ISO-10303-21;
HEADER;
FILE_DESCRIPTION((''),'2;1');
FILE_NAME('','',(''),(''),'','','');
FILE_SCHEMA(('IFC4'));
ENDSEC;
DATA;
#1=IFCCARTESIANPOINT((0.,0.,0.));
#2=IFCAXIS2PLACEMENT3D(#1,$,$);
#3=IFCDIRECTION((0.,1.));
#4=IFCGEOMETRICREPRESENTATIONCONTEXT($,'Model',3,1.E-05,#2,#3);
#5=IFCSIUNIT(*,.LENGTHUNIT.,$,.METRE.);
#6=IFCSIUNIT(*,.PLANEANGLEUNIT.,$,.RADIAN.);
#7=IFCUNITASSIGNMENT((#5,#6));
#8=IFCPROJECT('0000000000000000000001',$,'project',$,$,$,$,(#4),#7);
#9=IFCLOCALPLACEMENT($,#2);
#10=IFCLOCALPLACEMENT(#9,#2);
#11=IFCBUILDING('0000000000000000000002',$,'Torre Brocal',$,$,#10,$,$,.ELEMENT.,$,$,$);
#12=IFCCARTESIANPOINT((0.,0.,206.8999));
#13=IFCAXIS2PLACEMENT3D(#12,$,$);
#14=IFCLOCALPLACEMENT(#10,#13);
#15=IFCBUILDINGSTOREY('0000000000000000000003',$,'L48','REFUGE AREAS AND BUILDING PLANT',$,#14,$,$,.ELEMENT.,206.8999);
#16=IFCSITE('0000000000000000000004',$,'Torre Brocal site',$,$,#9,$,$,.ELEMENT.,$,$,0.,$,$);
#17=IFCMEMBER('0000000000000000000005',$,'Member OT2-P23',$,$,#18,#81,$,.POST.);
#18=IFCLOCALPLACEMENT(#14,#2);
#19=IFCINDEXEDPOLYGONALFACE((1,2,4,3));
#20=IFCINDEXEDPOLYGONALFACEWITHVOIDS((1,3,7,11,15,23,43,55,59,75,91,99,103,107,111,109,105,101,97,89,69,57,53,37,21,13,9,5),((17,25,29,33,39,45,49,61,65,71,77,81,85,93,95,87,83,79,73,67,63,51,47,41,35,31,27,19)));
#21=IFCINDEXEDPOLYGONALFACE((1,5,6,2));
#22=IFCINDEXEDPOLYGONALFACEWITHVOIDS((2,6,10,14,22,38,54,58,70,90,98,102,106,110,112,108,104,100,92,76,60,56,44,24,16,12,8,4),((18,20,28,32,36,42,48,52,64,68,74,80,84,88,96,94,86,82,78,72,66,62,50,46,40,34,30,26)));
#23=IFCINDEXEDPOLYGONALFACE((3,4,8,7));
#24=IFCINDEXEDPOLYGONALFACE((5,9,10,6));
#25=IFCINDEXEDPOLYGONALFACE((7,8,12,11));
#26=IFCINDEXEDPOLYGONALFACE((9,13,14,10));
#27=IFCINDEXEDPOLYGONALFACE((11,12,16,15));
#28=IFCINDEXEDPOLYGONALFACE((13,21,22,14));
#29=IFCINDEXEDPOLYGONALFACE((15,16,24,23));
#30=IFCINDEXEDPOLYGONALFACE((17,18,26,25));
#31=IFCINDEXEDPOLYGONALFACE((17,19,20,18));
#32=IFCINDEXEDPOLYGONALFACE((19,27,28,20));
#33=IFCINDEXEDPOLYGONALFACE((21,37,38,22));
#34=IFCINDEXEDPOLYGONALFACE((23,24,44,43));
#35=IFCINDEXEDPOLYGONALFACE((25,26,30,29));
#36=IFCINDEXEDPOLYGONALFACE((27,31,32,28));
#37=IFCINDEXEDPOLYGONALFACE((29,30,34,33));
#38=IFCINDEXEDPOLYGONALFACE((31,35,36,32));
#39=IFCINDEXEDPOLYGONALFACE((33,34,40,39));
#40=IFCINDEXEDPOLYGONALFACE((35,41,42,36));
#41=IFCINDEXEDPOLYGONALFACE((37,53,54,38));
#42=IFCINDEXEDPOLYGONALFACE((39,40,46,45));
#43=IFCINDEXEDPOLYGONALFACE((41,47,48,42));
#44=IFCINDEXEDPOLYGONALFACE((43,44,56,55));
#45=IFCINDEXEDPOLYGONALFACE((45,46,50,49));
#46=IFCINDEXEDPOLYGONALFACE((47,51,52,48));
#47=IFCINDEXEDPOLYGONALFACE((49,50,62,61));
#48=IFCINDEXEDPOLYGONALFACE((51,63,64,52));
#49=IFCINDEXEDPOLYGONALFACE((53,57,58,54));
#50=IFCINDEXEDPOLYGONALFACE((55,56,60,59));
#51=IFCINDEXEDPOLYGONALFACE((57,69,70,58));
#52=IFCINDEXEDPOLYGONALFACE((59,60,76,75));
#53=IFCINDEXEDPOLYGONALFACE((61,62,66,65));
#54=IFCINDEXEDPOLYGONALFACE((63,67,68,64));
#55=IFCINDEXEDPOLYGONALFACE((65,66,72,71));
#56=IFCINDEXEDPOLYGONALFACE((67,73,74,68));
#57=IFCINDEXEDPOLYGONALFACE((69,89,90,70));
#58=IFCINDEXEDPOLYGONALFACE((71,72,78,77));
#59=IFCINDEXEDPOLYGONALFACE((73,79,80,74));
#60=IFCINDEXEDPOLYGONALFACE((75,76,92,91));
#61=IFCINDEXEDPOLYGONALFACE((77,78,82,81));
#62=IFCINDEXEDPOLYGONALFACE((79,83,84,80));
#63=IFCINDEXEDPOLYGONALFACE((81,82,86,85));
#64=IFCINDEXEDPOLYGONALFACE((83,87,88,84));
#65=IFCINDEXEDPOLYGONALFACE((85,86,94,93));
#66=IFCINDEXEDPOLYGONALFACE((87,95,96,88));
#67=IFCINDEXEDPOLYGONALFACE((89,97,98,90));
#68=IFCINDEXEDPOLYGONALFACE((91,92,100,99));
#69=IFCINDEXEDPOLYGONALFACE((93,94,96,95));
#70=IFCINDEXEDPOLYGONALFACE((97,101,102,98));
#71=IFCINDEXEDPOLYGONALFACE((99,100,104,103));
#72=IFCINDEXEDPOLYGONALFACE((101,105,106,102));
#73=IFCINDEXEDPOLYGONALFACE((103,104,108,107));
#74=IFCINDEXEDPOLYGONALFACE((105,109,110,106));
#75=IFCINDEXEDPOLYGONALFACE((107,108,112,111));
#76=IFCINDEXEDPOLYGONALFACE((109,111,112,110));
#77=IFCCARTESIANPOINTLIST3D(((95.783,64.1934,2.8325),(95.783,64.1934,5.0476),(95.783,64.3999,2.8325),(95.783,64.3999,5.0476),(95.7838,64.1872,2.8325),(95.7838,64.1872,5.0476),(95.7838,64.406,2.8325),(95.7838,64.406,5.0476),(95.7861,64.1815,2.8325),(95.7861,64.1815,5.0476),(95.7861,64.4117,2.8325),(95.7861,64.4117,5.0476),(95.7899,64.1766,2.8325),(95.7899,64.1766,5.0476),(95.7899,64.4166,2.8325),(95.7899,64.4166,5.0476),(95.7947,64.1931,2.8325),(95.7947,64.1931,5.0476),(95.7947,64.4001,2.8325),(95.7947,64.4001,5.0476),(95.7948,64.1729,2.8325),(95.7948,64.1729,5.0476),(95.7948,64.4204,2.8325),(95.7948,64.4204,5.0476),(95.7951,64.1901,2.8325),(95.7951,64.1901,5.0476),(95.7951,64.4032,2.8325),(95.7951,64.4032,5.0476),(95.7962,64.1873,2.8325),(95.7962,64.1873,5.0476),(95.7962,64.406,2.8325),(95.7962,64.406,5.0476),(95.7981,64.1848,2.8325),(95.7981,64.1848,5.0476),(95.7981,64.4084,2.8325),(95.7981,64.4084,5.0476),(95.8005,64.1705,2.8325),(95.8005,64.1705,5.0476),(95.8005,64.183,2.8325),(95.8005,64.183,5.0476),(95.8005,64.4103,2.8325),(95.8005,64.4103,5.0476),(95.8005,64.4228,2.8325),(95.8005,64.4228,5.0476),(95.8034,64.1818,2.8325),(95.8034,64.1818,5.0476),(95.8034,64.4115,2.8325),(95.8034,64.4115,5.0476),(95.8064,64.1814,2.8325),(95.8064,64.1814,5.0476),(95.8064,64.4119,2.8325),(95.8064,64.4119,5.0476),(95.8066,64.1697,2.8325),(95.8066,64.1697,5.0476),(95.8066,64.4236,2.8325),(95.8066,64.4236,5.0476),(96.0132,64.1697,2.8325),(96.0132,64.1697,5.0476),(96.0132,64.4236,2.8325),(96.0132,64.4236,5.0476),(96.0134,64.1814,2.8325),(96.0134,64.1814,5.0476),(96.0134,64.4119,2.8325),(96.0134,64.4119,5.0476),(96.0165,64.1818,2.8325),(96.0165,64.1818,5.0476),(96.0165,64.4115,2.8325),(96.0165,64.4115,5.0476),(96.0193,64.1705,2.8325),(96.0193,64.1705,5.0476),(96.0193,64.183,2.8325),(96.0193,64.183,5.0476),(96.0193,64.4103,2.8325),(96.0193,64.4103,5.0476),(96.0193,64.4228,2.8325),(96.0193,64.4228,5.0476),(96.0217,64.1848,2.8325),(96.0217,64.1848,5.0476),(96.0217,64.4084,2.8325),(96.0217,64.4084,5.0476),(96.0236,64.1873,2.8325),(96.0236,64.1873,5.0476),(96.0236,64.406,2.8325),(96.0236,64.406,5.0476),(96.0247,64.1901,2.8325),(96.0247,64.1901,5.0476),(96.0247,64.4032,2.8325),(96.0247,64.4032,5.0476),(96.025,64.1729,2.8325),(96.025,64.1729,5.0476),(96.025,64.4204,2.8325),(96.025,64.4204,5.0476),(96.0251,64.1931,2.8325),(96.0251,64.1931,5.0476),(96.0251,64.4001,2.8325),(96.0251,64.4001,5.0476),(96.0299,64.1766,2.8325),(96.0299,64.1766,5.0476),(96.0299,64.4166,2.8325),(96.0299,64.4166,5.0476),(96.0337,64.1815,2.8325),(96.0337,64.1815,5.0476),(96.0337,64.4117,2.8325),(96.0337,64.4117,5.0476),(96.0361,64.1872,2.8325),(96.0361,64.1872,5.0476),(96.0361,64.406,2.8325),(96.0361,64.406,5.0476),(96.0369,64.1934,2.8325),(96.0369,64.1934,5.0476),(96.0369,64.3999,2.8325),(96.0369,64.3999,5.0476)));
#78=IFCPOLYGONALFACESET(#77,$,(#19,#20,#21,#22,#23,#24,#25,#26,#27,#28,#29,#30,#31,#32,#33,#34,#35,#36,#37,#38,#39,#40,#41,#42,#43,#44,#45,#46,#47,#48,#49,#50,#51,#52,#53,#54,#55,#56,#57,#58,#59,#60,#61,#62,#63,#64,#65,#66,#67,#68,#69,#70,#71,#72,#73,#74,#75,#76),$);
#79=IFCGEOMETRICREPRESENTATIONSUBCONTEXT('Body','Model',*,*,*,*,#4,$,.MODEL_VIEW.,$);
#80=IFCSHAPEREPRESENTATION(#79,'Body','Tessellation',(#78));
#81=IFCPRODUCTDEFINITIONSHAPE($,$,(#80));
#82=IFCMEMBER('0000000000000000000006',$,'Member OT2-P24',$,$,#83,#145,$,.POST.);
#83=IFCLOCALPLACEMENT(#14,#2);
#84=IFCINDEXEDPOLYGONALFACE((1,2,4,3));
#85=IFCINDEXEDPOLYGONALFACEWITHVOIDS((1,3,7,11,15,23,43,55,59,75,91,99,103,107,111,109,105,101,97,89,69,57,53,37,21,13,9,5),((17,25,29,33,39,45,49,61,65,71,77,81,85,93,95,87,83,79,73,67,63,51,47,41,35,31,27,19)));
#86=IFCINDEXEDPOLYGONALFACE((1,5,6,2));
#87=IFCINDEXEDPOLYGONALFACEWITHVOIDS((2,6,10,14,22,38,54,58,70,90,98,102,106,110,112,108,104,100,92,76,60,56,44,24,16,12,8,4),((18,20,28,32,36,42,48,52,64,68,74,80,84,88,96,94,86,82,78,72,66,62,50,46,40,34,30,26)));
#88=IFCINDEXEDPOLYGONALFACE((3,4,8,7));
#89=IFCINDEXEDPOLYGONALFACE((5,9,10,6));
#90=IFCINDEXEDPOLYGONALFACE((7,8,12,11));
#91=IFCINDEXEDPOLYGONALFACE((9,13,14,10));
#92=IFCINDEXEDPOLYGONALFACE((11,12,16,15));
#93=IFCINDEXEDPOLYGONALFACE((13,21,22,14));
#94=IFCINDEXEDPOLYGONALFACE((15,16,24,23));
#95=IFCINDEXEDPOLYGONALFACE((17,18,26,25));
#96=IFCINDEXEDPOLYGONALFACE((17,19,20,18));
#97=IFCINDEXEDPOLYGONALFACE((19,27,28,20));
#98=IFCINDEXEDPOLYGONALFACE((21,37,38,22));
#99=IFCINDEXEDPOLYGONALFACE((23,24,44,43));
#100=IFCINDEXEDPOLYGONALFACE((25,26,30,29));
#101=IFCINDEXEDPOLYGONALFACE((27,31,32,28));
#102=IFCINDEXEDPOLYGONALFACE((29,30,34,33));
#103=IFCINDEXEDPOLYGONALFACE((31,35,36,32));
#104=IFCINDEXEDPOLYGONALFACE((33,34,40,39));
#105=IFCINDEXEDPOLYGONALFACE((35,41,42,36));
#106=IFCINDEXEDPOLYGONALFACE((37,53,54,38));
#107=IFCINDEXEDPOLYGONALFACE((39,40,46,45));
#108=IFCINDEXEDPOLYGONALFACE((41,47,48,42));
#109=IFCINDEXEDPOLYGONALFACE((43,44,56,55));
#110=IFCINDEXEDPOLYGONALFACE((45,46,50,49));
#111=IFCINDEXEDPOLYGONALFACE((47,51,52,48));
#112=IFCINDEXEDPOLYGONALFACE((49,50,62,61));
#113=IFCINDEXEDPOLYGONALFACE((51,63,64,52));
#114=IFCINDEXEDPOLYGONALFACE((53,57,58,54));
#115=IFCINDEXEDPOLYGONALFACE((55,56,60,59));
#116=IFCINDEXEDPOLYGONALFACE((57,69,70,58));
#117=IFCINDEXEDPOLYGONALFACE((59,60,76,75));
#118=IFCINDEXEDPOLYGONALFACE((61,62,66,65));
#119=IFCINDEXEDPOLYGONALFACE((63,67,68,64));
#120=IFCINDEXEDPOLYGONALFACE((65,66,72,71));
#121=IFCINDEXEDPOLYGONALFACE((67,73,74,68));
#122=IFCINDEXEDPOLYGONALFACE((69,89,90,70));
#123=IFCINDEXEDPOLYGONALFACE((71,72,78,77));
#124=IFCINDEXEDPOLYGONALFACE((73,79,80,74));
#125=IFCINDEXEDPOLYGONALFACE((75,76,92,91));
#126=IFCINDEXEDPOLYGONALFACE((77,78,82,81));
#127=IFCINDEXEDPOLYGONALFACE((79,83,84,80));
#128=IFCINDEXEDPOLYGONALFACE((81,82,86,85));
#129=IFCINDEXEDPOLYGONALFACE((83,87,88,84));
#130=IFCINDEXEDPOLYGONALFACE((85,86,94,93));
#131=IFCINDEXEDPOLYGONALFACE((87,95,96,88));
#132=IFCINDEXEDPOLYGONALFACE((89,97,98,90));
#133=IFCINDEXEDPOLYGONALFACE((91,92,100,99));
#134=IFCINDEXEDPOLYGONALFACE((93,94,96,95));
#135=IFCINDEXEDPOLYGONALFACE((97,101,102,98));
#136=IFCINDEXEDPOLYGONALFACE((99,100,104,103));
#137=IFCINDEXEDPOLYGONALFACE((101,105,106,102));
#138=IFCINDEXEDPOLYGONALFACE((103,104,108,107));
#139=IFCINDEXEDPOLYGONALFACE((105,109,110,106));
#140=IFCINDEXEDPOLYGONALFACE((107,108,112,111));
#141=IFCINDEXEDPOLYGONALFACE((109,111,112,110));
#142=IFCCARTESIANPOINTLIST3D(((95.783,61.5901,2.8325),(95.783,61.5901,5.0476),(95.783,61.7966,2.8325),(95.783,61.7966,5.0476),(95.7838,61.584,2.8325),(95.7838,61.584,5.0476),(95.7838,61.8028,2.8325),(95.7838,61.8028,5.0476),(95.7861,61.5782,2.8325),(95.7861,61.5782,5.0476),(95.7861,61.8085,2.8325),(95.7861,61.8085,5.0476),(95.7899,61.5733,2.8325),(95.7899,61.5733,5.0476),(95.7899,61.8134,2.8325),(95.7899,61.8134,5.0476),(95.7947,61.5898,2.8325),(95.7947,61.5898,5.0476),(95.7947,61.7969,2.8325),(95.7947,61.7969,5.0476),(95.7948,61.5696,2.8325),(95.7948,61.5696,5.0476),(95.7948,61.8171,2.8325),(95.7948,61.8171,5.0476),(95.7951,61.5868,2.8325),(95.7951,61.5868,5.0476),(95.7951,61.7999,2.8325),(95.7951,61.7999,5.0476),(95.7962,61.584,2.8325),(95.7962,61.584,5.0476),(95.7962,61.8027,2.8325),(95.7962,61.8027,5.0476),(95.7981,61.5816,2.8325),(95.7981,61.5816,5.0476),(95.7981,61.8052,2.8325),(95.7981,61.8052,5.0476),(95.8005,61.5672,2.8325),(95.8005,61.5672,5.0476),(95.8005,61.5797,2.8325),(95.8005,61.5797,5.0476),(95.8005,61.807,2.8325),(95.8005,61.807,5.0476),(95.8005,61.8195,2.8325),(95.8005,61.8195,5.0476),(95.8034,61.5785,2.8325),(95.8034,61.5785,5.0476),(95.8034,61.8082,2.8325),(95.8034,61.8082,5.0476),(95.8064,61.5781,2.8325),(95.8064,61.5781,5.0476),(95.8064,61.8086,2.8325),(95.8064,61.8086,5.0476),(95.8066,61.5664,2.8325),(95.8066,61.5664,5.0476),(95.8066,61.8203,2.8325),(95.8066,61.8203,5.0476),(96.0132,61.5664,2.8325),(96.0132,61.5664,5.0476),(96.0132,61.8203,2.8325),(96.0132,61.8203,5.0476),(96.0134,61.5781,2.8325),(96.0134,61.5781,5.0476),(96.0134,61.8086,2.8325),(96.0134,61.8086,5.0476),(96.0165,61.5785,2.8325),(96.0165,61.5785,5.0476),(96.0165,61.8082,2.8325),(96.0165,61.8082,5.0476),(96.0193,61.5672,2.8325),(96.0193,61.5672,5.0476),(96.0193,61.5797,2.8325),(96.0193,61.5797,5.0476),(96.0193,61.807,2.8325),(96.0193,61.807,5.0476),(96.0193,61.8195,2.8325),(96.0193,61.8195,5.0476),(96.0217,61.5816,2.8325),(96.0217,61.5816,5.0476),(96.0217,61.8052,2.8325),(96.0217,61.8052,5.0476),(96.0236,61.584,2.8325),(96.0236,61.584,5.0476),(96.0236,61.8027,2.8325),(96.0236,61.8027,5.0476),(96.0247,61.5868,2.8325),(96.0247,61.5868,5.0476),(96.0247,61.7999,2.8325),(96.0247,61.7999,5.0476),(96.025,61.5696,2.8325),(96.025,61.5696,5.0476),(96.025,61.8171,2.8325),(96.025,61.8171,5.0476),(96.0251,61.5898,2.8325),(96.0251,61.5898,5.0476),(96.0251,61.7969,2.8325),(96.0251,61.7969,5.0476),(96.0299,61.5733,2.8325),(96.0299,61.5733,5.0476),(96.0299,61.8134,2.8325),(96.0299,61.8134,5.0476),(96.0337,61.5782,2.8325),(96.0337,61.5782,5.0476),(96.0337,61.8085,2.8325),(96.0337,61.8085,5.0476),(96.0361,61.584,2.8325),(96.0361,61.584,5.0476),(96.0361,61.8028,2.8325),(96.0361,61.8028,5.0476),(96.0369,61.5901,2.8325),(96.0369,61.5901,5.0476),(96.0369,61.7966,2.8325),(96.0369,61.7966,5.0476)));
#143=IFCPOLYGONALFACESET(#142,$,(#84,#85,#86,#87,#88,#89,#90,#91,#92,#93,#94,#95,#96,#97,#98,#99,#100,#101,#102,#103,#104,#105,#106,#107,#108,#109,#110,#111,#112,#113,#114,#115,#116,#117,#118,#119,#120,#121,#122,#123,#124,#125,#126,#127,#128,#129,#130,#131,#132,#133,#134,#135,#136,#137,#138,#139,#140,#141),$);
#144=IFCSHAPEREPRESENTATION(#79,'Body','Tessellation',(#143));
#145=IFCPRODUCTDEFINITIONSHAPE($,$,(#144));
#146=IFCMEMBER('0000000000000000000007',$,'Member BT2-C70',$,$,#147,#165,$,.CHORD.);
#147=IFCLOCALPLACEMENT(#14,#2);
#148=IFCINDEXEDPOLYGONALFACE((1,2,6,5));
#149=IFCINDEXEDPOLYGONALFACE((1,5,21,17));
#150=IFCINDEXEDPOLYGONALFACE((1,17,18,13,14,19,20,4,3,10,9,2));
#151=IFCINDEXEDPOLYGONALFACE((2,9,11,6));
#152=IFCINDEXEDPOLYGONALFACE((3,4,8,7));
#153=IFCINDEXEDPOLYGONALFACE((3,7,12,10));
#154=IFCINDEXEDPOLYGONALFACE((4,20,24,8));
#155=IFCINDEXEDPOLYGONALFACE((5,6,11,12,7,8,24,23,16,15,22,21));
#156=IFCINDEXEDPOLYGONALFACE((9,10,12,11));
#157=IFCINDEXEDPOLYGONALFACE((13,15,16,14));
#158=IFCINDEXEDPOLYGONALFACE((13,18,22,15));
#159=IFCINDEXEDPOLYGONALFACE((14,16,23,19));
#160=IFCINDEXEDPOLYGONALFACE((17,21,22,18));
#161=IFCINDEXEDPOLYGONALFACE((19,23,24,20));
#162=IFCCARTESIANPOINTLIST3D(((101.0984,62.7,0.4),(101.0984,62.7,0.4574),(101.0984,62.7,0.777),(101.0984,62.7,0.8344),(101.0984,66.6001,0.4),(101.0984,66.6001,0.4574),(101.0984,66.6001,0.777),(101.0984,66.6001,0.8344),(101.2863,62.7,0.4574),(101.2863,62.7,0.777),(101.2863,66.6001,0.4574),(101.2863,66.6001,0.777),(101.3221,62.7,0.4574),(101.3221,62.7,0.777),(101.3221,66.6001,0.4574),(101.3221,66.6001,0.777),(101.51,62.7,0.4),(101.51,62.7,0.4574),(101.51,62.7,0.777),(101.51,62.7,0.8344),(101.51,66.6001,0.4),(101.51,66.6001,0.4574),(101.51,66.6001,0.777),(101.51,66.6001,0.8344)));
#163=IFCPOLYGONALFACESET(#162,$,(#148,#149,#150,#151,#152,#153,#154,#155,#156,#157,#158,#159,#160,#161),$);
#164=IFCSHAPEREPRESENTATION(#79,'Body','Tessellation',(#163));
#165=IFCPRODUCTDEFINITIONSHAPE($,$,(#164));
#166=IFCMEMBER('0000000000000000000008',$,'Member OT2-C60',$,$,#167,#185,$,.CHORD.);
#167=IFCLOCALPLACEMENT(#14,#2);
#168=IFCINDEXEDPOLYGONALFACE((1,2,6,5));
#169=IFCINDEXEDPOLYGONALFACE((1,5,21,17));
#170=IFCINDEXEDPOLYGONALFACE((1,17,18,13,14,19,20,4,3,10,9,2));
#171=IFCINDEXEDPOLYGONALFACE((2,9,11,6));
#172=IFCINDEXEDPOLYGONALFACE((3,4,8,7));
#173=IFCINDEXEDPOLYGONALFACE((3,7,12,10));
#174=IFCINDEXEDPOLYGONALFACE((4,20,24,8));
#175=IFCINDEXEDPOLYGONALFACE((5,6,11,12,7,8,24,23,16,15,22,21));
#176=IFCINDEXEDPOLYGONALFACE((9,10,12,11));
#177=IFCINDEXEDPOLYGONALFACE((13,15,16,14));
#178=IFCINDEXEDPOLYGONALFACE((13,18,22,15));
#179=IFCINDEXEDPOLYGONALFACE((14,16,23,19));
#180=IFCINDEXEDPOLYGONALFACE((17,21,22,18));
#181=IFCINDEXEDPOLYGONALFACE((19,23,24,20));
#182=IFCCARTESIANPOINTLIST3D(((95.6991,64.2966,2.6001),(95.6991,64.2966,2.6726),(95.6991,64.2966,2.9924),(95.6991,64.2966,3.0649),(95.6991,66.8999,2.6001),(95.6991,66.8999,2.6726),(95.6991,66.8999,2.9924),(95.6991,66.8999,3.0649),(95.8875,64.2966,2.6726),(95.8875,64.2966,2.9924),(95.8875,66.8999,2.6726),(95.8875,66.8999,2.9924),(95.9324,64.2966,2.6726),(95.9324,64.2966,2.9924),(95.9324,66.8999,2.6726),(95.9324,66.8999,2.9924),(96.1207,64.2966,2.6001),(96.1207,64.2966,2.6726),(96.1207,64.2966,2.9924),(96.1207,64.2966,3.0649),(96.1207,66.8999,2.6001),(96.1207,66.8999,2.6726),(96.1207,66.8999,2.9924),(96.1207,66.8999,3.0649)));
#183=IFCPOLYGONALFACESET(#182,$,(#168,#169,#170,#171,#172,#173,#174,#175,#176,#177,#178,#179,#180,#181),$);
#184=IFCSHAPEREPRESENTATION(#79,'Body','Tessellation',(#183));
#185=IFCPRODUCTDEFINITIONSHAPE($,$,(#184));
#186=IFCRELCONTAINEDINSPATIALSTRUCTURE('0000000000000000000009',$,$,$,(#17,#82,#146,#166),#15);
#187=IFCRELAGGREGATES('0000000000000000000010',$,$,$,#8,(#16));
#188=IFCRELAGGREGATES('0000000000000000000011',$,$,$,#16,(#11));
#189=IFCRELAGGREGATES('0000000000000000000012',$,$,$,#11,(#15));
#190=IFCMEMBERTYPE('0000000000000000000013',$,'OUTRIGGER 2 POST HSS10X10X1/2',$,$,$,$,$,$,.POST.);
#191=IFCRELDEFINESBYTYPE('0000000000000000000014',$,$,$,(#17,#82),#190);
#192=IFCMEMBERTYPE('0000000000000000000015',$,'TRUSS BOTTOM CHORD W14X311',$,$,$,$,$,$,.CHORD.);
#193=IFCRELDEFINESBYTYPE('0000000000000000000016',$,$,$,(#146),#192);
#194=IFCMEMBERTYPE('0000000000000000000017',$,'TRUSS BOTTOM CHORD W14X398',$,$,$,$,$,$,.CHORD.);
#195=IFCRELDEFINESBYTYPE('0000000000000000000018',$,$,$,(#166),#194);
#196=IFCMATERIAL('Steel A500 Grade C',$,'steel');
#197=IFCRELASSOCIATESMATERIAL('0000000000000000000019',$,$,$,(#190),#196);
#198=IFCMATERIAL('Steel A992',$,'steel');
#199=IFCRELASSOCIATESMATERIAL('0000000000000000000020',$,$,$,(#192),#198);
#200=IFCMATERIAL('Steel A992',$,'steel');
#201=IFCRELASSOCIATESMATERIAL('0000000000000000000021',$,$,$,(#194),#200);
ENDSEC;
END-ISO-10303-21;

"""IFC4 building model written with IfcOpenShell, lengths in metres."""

from ifc_helpers import new_model, si_unit, direction, frame, origin, origin_2d, place, context, subcontext, project, spatial, hollow_rectangle, i_section, extrude, material, material_profile, profile_set, type_object, element, save


model = new_model("IFC4")

# Units and contexts
model_context = context("Model", 3, precision=1e-05, world=origin(), true_north=direction((0.0, 1.0)))
body_context = subcontext(model_context, "Body", "Model", "MODEL_VIEW")
ifc_project = project(units=[si_unit("LENGTHUNIT", "METRE"), si_unit("PLANEANGLEUNIT", "RADIAN")], contexts=[model_context])

# Site, building, storey
site_placement = place(None, origin())
site = spatial("IfcSite", under=ifc_project, at=site_placement, Name="Torre Brocal site", CompositionType="ELEMENT", RefElevation=0.0)
building_placement = place(site_placement, origin())
building = spatial("IfcBuilding", under=site, at=building_placement, Name="Torre Brocal", CompositionType="ELEMENT")
storey_placement = place(building_placement, frame((0.0, 0.0, 206.8999)))
storey = spatial("IfcBuildingStorey", under=building, at=storey_placement, Name="L48", Description="REFUGE AREAS AND BUILDING PLANT", CompositionType="ELEMENT", Elevation=206.8999)

# Members
ifc_material_1 = material(Name="Steel A500 Grade C", Category="steel")
ifc_material_profile_1 = material_profile(ifc_material_1, hollow_rectangle(XDim=0.2539, YDim=0.2539, WallThickness=0.0117, InnerFilletRadius=0.0117, OuterFilletRadius=0.0237, at=origin_2d()), Name="HSS10X10X1/2")
ifc_profile_set_1 = profile_set([ifc_material_profile_1], Name="Steel A500 Grade C")
member_type_1 = type_object("IfcMemberType", Name="OUTRIGGER 2 POST HSS10X10X1/2", PredefinedType="POST", material=ifc_profile_set_1)
for number, where, z_axis, x_axis, name in (
    (1, (95.9099, 64.2966, 2.8325), (0.0, 0.0, 1.0), (1.0, 0.0, 0.0), "Member OT2-P23"),
    (2, (95.9099, 61.6934, 2.8325), (0.0, 0.0, 1.0), (1.0, 0.0, 0.0), "Member OT2-P24"),
):
    element("IfcMember", number, at=place(storey_placement, frame(where, z_axis=z_axis, x_axis=x_axis)), inside=storey, type_object=member_type_1, Name=name, PredefinedType="POST", context=body_context, shape_type="SweptSolid", body=[
        extrude(hollow_rectangle(XDim=0.2539, YDim=0.2539, WallThickness=0.0117, InnerFilletRadius=0.0117, OuterFilletRadius=0.0237, at=origin_2d()), origin(), (0.0, 0.0, 1.0), 2.2151),
    ])
ifc_material_2 = material(Name="Steel A992", Category="steel")
ifc_material_profile_2 = material_profile(ifc_material_2, i_section(OverallWidth=0.4116, OverallDepth=0.4343, WebThickness=0.0359, FlangeThickness=0.0574, at=origin_2d()), Name="W14X311")
ifc_profile_set_2 = profile_set([ifc_material_profile_2], Name="Steel A992")
member_type_2 = type_object("IfcMemberType", Name="TRUSS BOTTOM CHORD W14X311", PredefinedType="CHORD", material=ifc_profile_set_2)
member_1_placement = place(storey_placement, frame((101.3042, 62.7, 0.6172), z_axis=(0.0, 1.0, 0.0), x_axis=(-1.0, 0.0, 0.0)))
element("IfcMember", 3, at=member_1_placement, inside=storey, type_object=member_type_2, Name="Member BT2-C70", PredefinedType="CHORD", context=body_context, shape_type="SweptSolid", body=[
    extrude(i_section(OverallWidth=0.4116, OverallDepth=0.4343, WebThickness=0.0359, FlangeThickness=0.0574, at=origin_2d()), origin(), (0.0, 0.0, 1.0), 3.9001),
])
ifc_material_3 = material(Name="Steel A992", Category="steel")
ifc_material_profile_3 = material_profile(ifc_material_3, i_section(OverallWidth=0.4216, OverallDepth=0.4648, WebThickness=0.0449, FlangeThickness=0.0725, at=origin_2d()), Name="W14X398")
ifc_profile_set_3 = profile_set([ifc_material_profile_3], Name="Steel A992")
member_type_3 = type_object("IfcMemberType", Name="TRUSS BOTTOM CHORD W14X398", PredefinedType="CHORD", material=ifc_profile_set_3)
for number, where, z_axis, x_axis, name in (
    (4, (95.9099, 66.8999, 2.8325), (0.0, -1.0, 0.0), (1.0, 0.0, 0.0), "Member OT2-C60"),
):
    element("IfcMember", number, at=place(storey_placement, frame(where, z_axis=z_axis, x_axis=x_axis)), inside=storey, type_object=member_type_3, Name=name, PredefinedType="CHORD", context=body_context, shape_type="SweptSolid", body=[
        extrude(i_section(OverallWidth=0.4216, OverallDepth=0.4648, WebThickness=0.0449, FlangeThickness=0.0725, at=origin_2d()), origin(), (0.0, 0.0, 1.0), 2.6033),
    ])

save(model, "model.ifc")
